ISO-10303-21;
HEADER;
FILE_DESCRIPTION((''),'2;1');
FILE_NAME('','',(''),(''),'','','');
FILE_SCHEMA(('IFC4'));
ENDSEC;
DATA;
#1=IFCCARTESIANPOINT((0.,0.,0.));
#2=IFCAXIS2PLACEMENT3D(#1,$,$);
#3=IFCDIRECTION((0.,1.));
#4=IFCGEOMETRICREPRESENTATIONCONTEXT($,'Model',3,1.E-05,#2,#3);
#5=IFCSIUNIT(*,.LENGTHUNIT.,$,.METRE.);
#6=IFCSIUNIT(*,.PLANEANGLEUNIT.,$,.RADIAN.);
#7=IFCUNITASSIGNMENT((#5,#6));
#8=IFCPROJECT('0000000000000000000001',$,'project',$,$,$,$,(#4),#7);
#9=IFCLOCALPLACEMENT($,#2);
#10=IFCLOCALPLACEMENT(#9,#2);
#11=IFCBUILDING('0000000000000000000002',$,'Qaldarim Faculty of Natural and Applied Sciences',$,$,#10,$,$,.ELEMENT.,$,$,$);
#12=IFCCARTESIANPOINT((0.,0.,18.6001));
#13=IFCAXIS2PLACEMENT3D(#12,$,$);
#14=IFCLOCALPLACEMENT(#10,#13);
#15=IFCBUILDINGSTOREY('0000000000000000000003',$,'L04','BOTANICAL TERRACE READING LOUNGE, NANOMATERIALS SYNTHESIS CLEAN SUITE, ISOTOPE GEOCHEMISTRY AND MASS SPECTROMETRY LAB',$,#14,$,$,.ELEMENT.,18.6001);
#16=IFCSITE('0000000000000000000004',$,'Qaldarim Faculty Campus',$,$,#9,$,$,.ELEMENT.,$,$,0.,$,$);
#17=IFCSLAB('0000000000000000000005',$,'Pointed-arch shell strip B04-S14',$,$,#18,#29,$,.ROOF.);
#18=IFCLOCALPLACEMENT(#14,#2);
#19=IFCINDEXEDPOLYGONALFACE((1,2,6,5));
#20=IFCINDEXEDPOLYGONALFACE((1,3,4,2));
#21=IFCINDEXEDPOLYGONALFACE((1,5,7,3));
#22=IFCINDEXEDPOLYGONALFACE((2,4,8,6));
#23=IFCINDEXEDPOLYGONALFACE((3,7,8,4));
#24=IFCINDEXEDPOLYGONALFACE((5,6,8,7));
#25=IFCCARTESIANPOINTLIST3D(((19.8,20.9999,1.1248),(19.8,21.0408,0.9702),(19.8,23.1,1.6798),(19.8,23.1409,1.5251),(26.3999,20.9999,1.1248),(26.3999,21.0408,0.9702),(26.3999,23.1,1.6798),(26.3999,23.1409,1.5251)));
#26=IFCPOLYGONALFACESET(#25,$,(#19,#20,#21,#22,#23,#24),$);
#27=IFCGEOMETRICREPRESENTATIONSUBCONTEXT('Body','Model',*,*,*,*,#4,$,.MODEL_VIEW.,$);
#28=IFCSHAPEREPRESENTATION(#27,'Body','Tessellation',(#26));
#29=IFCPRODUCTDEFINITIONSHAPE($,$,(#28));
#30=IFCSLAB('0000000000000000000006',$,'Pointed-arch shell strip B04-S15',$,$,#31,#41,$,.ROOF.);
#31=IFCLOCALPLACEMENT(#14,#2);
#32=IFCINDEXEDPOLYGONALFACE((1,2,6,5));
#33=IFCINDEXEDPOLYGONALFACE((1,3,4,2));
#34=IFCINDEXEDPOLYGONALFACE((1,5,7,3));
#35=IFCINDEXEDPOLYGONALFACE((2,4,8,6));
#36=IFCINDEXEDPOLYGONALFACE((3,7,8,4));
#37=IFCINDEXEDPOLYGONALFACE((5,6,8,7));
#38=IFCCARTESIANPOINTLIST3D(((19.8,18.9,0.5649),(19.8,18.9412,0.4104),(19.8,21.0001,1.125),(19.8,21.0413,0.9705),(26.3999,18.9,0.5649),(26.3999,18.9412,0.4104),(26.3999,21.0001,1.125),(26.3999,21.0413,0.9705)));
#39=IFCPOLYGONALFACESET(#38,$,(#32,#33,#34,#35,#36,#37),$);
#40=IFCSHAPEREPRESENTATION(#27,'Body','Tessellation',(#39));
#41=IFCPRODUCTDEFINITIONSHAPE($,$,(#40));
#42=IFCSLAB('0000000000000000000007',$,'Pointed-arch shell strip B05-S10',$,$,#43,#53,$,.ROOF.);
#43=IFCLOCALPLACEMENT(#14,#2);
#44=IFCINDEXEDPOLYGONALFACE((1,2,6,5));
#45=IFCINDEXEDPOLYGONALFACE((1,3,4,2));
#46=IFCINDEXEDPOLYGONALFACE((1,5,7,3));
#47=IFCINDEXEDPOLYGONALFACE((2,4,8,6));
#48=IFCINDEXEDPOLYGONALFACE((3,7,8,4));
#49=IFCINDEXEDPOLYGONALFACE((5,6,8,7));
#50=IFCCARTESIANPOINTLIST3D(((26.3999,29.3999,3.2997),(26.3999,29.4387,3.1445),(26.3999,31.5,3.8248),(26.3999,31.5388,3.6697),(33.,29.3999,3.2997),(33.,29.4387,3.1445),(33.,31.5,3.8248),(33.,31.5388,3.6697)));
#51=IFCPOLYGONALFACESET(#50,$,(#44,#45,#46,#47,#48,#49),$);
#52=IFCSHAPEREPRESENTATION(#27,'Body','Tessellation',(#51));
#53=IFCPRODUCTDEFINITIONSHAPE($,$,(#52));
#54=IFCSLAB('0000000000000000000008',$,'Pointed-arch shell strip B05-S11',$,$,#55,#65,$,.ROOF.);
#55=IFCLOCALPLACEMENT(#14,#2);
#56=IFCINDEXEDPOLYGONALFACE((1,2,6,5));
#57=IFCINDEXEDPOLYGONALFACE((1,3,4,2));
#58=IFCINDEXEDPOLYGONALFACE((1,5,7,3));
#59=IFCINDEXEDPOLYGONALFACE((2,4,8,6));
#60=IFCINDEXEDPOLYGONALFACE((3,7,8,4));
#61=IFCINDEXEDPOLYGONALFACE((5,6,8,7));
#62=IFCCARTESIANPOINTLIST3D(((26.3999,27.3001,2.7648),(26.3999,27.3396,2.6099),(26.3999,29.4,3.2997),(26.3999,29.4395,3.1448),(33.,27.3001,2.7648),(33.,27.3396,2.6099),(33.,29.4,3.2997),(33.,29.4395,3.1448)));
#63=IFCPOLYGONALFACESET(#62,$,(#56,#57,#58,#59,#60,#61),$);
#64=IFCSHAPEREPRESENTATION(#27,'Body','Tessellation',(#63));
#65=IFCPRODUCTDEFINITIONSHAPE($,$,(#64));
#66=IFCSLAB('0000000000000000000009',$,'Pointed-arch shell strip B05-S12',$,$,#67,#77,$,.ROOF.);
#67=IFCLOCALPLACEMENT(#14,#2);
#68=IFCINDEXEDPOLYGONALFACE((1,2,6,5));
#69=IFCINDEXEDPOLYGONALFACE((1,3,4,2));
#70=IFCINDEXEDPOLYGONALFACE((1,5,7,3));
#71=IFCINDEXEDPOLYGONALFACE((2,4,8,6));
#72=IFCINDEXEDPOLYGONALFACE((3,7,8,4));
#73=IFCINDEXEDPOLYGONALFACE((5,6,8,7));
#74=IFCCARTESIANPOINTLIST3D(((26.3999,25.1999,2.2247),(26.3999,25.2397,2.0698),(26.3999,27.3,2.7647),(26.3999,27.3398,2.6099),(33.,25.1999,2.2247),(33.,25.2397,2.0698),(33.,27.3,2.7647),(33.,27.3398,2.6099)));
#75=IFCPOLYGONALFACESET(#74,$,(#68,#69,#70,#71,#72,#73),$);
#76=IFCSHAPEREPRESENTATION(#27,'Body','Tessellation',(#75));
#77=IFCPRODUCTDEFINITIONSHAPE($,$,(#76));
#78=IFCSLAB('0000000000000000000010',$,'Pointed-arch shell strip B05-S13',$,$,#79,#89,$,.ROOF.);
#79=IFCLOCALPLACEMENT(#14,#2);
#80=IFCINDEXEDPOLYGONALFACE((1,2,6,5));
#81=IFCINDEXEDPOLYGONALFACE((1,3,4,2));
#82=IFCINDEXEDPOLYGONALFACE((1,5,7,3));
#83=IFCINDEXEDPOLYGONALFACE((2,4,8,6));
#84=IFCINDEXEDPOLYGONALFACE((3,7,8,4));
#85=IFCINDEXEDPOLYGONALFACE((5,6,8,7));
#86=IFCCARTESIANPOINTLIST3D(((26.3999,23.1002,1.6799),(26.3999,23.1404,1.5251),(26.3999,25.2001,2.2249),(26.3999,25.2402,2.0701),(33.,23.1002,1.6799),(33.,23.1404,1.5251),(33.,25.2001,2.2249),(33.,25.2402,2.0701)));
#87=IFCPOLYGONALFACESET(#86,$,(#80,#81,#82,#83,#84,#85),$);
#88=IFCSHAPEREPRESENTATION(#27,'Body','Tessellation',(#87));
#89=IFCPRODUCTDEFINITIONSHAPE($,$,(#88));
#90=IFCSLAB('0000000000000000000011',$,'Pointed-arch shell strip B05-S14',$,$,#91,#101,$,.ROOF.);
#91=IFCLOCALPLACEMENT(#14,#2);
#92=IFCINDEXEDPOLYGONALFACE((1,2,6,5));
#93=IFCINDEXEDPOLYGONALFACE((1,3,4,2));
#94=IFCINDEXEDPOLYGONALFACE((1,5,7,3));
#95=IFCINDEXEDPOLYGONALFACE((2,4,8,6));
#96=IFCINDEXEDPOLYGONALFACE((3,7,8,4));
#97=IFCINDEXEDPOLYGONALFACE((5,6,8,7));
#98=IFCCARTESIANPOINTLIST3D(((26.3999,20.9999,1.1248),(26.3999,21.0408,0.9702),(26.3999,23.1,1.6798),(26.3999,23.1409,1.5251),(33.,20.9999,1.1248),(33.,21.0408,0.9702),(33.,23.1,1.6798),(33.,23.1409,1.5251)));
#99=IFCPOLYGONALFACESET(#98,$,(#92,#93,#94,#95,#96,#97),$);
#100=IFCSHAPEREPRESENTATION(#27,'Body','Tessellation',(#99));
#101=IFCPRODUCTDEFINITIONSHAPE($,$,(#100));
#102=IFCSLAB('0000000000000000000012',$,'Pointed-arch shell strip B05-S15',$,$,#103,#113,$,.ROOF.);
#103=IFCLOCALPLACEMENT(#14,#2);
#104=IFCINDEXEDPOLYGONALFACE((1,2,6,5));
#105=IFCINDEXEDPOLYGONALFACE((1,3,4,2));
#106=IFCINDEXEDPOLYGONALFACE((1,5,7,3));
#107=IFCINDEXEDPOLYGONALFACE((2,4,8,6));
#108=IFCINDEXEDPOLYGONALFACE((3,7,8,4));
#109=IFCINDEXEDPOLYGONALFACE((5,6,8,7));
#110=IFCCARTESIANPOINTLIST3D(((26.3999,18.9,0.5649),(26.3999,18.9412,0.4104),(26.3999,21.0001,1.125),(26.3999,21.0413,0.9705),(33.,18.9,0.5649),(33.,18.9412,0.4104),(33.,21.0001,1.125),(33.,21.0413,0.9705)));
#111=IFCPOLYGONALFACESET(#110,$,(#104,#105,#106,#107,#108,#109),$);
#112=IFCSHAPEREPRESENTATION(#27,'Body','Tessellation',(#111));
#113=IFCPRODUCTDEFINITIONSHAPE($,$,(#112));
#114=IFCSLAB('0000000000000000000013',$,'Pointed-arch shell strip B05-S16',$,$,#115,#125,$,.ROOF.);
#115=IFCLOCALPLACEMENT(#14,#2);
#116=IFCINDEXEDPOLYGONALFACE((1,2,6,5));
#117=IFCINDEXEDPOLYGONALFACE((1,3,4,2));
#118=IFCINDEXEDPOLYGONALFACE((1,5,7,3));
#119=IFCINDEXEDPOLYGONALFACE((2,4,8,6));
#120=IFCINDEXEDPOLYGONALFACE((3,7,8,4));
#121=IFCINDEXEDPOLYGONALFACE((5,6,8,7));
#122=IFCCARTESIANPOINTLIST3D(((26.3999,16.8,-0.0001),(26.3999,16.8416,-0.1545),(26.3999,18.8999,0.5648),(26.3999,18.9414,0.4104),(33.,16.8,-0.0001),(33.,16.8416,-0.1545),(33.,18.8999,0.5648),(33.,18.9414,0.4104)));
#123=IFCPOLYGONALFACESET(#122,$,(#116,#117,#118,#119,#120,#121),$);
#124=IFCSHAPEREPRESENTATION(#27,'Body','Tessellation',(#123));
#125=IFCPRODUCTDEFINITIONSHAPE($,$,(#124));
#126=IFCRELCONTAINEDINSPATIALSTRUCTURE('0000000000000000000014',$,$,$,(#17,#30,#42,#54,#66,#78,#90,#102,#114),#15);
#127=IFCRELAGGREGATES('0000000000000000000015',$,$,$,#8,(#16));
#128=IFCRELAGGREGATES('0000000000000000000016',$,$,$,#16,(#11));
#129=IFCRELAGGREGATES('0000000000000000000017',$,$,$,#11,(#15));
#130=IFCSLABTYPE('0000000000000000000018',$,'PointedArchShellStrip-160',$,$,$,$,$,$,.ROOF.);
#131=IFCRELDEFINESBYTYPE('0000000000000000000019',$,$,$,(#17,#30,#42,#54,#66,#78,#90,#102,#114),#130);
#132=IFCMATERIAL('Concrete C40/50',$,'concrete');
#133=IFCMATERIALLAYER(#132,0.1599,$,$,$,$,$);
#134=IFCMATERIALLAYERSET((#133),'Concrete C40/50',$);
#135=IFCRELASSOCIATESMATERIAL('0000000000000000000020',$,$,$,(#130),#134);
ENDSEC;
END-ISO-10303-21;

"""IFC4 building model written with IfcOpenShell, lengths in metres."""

from ifc_helpers import new_model, si_unit, direction, frame, origin, place, context, subcontext, project, spatial, polyline, outline, extrude, material, layer, layer_set, type_object, element, save


model = new_model("IFC4")

# Units and contexts
model_context = context("Model", 3, precision=1e-05, world=origin(), true_north=direction((0.0, 1.0)))
body_context = subcontext(model_context, "Body", "Model", "MODEL_VIEW")
ifc_project = project(units=[si_unit("LENGTHUNIT", "METRE"), si_unit("PLANEANGLEUNIT", "RADIAN")], contexts=[model_context])

# Site, building, storey
site_placement = place(None, origin())
site = spatial("IfcSite", under=ifc_project, at=site_placement, Name="Qaldarim Faculty Campus", CompositionType="ELEMENT", RefElevation=0.0)
building_placement = place(site_placement, origin())
building = spatial("IfcBuilding", under=site, at=building_placement, Name="Qaldarim Faculty of Natural and Applied Sciences", CompositionType="ELEMENT")
storey_placement = place(building_placement, frame((0.0, 0.0, 18.6001)))
storey = spatial("IfcBuildingStorey", under=building, at=storey_placement, Name="L04", Description="BOTANICAL TERRACE READING LOUNGE, NANOMATERIALS SYNTHESIS CLEAN SUITE, ISOTOPE GEOCHEMISTRY AND MASS SPECTROMETRY LAB", CompositionType="ELEMENT", Elevation=18.6001)

# Slabs
ifc_material_1 = material(Name="Concrete C40/50", Category="concrete")
ifc_layer = layer(ifc_material_1, 0.1599)
ifc_layer_set = layer_set([ifc_layer], Name="Concrete C40/50")
slab_type = type_object("IfcSlabType", Name="PointedArchShellStrip-160", PredefinedType="ROOF", material=ifc_layer_set)
slab_1_placement = place(storey_placement, frame((19.8, 21.0408, 0.9702), z_axis=(0.0, -0.255472, 0.966816), x_axis=(1.0, 0.0, 0.0)))
element("IfcSlab", 1, at=slab_1_placement, inside=storey, type_object=slab_type, Name="Pointed-arch shell strip B04-S14", PredefinedType="ROOF", context=body_context, shape_type="SweptSolid", body=[
    extrude(outline(polyline([(0.0, 0.0), (6.5999, 0.0), (6.5999, 2.1722), (0.0, 2.1722), (0.0, 0.0)])), origin(), (0.0, 0.0, 1.0), 0.1599),
])
slab_2_placement = place(storey_placement, frame((19.8, 18.9412, 0.4104), z_axis=(0.0, -0.257677, 0.966231), x_axis=(1.0, 0.0, 0.0)))
element("IfcSlab", 2, at=slab_2_placement, inside=storey, type_object=slab_type, Name="Pointed-arch shell strip B04-S15", PredefinedType="ROOF", context=body_context, shape_type="SweptSolid", body=[
    extrude(outline(polyline([(0.0, 0.0), (6.5999, 0.0), (6.5999, 2.1735), (0.0, 2.1735), (0.0, 0.0)])), origin(), (0.0, 0.0, 1.0), 0.1599),
])
slab_3_placement = place(storey_placement, frame((26.3999, 29.4387, 3.1445), z_axis=(0.0, -0.242589, 0.970129), x_axis=(1.0, 0.0, 0.0)))
element("IfcSlab", 3, at=slab_3_placement, inside=storey, type_object=slab_type, Name="Pointed-arch shell strip B05-S10", PredefinedType="ROOF", context=body_context, shape_type="SweptSolid", body=[
    extrude(outline(polyline([(0.0, 0.0), (6.6001, 0.0), (6.6001, 2.1648), (0.0, 2.1648), (0.0, 0.0)])), origin(), (0.0, 0.0, 1.0), 0.1599),
])
slab_4_placement = place(storey_placement, frame((26.3999, 27.3396, 2.6099), z_axis=(0.0, -0.246854, 0.969053), x_axis=(1.0, 0.0, 0.0)))
element("IfcSlab", 4, at=slab_4_placement, inside=storey, type_object=slab_type, Name="Pointed-arch shell strip B05-S11", PredefinedType="ROOF", context=body_context, shape_type="SweptSolid", body=[
    extrude(outline(polyline([(0.0, 0.0), (6.6001, 0.0), (6.6001, 2.1669), (0.0, 2.1669), (0.0, 0.0)])), origin(), (0.0, 0.0, 1.0), 0.1599),
])
slab_5_placement = place(storey_placement, frame((26.3999, 25.2397, 2.0698), z_axis=(0.0, -0.249047, 0.968491), x_axis=(1.0, 0.0, 0.0)))
element("IfcSlab", 5, at=slab_5_placement, inside=storey, type_object=slab_type, Name="Pointed-arch shell strip B05-S12", PredefinedType="ROOF", context=body_context, shape_type="SweptSolid", body=[
    extrude(outline(polyline([(0.0, 0.0), (6.6001, 0.0), (6.6001, 2.1684), (0.0, 2.1684), (0.0, 0.0)])), origin(), (0.0, 0.0, 1.0), 0.1599),
])
slab_6_placement = place(storey_placement, frame((26.3999, 23.1404, 1.5251), z_axis=(0.0, -0.251185, 0.967939), x_axis=(1.0, 0.0, 0.0)))
element("IfcSlab", 6, at=slab_6_placement, inside=storey, type_object=slab_type, Name="Pointed-arch shell strip B05-S13", PredefinedType="ROOF", context=body_context, shape_type="SweptSolid", body=[
    extrude(outline(polyline([(0.0, 0.0), (6.6001, 0.0), (6.6001, 2.1694), (0.0, 2.1694), (0.0, 0.0)])), origin(), (0.0, 0.0, 1.0), 0.1599),
])
slab_7_placement = place(storey_placement, frame((26.3999, 21.0408, 0.9702), z_axis=(0.0, -0.255472, 0.966816), x_axis=(1.0, 0.0, 0.0)))
element("IfcSlab", 7, at=slab_7_placement, inside=storey, type_object=slab_type, Name="Pointed-arch shell strip B05-S14", PredefinedType="ROOF", context=body_context, shape_type="SweptSolid", body=[
    extrude(outline(polyline([(0.0, 0.0), (6.6001, 0.0), (6.6001, 2.1722), (0.0, 2.1722), (0.0, 0.0)])), origin(), (0.0, 0.0, 1.0), 0.1599),
])
slab_8_placement = place(storey_placement, frame((26.3999, 18.9412, 0.4104), z_axis=(0.0, -0.257677, 0.966231), x_axis=(1.0, 0.0, 0.0)))
element("IfcSlab", 8, at=slab_8_placement, inside=storey, type_object=slab_type, Name="Pointed-arch shell strip B05-S15", PredefinedType="ROOF", context=body_context, shape_type="SweptSolid", body=[
    extrude(outline(polyline([(0.0, 0.0), (6.6001, 0.0), (6.6001, 2.1735), (0.0, 2.1735), (0.0, 0.0)])), origin(), (0.0, 0.0, 1.0), 0.1599),
])
slab_9_placement = place(storey_placement, frame((26.3999, 16.8416, -0.1545), z_axis=(0.0, -0.2598, 0.965662), x_axis=(1.0, 0.0, 0.0)))
element("IfcSlab", 9, at=slab_9_placement, inside=storey, type_object=slab_type, Name="Pointed-arch shell strip B05-S16", PredefinedType="ROOF", context=body_context, shape_type="SweptSolid", body=[
    extrude(outline(polyline([(0.0, 0.0), (6.6001, 0.0), (6.6001, 2.1745), (0.0, 2.1745), (0.0, 0.0)])), origin(), (0.0, 0.0, 1.0), 0.1599),
])

save(model, "model.ifc")
